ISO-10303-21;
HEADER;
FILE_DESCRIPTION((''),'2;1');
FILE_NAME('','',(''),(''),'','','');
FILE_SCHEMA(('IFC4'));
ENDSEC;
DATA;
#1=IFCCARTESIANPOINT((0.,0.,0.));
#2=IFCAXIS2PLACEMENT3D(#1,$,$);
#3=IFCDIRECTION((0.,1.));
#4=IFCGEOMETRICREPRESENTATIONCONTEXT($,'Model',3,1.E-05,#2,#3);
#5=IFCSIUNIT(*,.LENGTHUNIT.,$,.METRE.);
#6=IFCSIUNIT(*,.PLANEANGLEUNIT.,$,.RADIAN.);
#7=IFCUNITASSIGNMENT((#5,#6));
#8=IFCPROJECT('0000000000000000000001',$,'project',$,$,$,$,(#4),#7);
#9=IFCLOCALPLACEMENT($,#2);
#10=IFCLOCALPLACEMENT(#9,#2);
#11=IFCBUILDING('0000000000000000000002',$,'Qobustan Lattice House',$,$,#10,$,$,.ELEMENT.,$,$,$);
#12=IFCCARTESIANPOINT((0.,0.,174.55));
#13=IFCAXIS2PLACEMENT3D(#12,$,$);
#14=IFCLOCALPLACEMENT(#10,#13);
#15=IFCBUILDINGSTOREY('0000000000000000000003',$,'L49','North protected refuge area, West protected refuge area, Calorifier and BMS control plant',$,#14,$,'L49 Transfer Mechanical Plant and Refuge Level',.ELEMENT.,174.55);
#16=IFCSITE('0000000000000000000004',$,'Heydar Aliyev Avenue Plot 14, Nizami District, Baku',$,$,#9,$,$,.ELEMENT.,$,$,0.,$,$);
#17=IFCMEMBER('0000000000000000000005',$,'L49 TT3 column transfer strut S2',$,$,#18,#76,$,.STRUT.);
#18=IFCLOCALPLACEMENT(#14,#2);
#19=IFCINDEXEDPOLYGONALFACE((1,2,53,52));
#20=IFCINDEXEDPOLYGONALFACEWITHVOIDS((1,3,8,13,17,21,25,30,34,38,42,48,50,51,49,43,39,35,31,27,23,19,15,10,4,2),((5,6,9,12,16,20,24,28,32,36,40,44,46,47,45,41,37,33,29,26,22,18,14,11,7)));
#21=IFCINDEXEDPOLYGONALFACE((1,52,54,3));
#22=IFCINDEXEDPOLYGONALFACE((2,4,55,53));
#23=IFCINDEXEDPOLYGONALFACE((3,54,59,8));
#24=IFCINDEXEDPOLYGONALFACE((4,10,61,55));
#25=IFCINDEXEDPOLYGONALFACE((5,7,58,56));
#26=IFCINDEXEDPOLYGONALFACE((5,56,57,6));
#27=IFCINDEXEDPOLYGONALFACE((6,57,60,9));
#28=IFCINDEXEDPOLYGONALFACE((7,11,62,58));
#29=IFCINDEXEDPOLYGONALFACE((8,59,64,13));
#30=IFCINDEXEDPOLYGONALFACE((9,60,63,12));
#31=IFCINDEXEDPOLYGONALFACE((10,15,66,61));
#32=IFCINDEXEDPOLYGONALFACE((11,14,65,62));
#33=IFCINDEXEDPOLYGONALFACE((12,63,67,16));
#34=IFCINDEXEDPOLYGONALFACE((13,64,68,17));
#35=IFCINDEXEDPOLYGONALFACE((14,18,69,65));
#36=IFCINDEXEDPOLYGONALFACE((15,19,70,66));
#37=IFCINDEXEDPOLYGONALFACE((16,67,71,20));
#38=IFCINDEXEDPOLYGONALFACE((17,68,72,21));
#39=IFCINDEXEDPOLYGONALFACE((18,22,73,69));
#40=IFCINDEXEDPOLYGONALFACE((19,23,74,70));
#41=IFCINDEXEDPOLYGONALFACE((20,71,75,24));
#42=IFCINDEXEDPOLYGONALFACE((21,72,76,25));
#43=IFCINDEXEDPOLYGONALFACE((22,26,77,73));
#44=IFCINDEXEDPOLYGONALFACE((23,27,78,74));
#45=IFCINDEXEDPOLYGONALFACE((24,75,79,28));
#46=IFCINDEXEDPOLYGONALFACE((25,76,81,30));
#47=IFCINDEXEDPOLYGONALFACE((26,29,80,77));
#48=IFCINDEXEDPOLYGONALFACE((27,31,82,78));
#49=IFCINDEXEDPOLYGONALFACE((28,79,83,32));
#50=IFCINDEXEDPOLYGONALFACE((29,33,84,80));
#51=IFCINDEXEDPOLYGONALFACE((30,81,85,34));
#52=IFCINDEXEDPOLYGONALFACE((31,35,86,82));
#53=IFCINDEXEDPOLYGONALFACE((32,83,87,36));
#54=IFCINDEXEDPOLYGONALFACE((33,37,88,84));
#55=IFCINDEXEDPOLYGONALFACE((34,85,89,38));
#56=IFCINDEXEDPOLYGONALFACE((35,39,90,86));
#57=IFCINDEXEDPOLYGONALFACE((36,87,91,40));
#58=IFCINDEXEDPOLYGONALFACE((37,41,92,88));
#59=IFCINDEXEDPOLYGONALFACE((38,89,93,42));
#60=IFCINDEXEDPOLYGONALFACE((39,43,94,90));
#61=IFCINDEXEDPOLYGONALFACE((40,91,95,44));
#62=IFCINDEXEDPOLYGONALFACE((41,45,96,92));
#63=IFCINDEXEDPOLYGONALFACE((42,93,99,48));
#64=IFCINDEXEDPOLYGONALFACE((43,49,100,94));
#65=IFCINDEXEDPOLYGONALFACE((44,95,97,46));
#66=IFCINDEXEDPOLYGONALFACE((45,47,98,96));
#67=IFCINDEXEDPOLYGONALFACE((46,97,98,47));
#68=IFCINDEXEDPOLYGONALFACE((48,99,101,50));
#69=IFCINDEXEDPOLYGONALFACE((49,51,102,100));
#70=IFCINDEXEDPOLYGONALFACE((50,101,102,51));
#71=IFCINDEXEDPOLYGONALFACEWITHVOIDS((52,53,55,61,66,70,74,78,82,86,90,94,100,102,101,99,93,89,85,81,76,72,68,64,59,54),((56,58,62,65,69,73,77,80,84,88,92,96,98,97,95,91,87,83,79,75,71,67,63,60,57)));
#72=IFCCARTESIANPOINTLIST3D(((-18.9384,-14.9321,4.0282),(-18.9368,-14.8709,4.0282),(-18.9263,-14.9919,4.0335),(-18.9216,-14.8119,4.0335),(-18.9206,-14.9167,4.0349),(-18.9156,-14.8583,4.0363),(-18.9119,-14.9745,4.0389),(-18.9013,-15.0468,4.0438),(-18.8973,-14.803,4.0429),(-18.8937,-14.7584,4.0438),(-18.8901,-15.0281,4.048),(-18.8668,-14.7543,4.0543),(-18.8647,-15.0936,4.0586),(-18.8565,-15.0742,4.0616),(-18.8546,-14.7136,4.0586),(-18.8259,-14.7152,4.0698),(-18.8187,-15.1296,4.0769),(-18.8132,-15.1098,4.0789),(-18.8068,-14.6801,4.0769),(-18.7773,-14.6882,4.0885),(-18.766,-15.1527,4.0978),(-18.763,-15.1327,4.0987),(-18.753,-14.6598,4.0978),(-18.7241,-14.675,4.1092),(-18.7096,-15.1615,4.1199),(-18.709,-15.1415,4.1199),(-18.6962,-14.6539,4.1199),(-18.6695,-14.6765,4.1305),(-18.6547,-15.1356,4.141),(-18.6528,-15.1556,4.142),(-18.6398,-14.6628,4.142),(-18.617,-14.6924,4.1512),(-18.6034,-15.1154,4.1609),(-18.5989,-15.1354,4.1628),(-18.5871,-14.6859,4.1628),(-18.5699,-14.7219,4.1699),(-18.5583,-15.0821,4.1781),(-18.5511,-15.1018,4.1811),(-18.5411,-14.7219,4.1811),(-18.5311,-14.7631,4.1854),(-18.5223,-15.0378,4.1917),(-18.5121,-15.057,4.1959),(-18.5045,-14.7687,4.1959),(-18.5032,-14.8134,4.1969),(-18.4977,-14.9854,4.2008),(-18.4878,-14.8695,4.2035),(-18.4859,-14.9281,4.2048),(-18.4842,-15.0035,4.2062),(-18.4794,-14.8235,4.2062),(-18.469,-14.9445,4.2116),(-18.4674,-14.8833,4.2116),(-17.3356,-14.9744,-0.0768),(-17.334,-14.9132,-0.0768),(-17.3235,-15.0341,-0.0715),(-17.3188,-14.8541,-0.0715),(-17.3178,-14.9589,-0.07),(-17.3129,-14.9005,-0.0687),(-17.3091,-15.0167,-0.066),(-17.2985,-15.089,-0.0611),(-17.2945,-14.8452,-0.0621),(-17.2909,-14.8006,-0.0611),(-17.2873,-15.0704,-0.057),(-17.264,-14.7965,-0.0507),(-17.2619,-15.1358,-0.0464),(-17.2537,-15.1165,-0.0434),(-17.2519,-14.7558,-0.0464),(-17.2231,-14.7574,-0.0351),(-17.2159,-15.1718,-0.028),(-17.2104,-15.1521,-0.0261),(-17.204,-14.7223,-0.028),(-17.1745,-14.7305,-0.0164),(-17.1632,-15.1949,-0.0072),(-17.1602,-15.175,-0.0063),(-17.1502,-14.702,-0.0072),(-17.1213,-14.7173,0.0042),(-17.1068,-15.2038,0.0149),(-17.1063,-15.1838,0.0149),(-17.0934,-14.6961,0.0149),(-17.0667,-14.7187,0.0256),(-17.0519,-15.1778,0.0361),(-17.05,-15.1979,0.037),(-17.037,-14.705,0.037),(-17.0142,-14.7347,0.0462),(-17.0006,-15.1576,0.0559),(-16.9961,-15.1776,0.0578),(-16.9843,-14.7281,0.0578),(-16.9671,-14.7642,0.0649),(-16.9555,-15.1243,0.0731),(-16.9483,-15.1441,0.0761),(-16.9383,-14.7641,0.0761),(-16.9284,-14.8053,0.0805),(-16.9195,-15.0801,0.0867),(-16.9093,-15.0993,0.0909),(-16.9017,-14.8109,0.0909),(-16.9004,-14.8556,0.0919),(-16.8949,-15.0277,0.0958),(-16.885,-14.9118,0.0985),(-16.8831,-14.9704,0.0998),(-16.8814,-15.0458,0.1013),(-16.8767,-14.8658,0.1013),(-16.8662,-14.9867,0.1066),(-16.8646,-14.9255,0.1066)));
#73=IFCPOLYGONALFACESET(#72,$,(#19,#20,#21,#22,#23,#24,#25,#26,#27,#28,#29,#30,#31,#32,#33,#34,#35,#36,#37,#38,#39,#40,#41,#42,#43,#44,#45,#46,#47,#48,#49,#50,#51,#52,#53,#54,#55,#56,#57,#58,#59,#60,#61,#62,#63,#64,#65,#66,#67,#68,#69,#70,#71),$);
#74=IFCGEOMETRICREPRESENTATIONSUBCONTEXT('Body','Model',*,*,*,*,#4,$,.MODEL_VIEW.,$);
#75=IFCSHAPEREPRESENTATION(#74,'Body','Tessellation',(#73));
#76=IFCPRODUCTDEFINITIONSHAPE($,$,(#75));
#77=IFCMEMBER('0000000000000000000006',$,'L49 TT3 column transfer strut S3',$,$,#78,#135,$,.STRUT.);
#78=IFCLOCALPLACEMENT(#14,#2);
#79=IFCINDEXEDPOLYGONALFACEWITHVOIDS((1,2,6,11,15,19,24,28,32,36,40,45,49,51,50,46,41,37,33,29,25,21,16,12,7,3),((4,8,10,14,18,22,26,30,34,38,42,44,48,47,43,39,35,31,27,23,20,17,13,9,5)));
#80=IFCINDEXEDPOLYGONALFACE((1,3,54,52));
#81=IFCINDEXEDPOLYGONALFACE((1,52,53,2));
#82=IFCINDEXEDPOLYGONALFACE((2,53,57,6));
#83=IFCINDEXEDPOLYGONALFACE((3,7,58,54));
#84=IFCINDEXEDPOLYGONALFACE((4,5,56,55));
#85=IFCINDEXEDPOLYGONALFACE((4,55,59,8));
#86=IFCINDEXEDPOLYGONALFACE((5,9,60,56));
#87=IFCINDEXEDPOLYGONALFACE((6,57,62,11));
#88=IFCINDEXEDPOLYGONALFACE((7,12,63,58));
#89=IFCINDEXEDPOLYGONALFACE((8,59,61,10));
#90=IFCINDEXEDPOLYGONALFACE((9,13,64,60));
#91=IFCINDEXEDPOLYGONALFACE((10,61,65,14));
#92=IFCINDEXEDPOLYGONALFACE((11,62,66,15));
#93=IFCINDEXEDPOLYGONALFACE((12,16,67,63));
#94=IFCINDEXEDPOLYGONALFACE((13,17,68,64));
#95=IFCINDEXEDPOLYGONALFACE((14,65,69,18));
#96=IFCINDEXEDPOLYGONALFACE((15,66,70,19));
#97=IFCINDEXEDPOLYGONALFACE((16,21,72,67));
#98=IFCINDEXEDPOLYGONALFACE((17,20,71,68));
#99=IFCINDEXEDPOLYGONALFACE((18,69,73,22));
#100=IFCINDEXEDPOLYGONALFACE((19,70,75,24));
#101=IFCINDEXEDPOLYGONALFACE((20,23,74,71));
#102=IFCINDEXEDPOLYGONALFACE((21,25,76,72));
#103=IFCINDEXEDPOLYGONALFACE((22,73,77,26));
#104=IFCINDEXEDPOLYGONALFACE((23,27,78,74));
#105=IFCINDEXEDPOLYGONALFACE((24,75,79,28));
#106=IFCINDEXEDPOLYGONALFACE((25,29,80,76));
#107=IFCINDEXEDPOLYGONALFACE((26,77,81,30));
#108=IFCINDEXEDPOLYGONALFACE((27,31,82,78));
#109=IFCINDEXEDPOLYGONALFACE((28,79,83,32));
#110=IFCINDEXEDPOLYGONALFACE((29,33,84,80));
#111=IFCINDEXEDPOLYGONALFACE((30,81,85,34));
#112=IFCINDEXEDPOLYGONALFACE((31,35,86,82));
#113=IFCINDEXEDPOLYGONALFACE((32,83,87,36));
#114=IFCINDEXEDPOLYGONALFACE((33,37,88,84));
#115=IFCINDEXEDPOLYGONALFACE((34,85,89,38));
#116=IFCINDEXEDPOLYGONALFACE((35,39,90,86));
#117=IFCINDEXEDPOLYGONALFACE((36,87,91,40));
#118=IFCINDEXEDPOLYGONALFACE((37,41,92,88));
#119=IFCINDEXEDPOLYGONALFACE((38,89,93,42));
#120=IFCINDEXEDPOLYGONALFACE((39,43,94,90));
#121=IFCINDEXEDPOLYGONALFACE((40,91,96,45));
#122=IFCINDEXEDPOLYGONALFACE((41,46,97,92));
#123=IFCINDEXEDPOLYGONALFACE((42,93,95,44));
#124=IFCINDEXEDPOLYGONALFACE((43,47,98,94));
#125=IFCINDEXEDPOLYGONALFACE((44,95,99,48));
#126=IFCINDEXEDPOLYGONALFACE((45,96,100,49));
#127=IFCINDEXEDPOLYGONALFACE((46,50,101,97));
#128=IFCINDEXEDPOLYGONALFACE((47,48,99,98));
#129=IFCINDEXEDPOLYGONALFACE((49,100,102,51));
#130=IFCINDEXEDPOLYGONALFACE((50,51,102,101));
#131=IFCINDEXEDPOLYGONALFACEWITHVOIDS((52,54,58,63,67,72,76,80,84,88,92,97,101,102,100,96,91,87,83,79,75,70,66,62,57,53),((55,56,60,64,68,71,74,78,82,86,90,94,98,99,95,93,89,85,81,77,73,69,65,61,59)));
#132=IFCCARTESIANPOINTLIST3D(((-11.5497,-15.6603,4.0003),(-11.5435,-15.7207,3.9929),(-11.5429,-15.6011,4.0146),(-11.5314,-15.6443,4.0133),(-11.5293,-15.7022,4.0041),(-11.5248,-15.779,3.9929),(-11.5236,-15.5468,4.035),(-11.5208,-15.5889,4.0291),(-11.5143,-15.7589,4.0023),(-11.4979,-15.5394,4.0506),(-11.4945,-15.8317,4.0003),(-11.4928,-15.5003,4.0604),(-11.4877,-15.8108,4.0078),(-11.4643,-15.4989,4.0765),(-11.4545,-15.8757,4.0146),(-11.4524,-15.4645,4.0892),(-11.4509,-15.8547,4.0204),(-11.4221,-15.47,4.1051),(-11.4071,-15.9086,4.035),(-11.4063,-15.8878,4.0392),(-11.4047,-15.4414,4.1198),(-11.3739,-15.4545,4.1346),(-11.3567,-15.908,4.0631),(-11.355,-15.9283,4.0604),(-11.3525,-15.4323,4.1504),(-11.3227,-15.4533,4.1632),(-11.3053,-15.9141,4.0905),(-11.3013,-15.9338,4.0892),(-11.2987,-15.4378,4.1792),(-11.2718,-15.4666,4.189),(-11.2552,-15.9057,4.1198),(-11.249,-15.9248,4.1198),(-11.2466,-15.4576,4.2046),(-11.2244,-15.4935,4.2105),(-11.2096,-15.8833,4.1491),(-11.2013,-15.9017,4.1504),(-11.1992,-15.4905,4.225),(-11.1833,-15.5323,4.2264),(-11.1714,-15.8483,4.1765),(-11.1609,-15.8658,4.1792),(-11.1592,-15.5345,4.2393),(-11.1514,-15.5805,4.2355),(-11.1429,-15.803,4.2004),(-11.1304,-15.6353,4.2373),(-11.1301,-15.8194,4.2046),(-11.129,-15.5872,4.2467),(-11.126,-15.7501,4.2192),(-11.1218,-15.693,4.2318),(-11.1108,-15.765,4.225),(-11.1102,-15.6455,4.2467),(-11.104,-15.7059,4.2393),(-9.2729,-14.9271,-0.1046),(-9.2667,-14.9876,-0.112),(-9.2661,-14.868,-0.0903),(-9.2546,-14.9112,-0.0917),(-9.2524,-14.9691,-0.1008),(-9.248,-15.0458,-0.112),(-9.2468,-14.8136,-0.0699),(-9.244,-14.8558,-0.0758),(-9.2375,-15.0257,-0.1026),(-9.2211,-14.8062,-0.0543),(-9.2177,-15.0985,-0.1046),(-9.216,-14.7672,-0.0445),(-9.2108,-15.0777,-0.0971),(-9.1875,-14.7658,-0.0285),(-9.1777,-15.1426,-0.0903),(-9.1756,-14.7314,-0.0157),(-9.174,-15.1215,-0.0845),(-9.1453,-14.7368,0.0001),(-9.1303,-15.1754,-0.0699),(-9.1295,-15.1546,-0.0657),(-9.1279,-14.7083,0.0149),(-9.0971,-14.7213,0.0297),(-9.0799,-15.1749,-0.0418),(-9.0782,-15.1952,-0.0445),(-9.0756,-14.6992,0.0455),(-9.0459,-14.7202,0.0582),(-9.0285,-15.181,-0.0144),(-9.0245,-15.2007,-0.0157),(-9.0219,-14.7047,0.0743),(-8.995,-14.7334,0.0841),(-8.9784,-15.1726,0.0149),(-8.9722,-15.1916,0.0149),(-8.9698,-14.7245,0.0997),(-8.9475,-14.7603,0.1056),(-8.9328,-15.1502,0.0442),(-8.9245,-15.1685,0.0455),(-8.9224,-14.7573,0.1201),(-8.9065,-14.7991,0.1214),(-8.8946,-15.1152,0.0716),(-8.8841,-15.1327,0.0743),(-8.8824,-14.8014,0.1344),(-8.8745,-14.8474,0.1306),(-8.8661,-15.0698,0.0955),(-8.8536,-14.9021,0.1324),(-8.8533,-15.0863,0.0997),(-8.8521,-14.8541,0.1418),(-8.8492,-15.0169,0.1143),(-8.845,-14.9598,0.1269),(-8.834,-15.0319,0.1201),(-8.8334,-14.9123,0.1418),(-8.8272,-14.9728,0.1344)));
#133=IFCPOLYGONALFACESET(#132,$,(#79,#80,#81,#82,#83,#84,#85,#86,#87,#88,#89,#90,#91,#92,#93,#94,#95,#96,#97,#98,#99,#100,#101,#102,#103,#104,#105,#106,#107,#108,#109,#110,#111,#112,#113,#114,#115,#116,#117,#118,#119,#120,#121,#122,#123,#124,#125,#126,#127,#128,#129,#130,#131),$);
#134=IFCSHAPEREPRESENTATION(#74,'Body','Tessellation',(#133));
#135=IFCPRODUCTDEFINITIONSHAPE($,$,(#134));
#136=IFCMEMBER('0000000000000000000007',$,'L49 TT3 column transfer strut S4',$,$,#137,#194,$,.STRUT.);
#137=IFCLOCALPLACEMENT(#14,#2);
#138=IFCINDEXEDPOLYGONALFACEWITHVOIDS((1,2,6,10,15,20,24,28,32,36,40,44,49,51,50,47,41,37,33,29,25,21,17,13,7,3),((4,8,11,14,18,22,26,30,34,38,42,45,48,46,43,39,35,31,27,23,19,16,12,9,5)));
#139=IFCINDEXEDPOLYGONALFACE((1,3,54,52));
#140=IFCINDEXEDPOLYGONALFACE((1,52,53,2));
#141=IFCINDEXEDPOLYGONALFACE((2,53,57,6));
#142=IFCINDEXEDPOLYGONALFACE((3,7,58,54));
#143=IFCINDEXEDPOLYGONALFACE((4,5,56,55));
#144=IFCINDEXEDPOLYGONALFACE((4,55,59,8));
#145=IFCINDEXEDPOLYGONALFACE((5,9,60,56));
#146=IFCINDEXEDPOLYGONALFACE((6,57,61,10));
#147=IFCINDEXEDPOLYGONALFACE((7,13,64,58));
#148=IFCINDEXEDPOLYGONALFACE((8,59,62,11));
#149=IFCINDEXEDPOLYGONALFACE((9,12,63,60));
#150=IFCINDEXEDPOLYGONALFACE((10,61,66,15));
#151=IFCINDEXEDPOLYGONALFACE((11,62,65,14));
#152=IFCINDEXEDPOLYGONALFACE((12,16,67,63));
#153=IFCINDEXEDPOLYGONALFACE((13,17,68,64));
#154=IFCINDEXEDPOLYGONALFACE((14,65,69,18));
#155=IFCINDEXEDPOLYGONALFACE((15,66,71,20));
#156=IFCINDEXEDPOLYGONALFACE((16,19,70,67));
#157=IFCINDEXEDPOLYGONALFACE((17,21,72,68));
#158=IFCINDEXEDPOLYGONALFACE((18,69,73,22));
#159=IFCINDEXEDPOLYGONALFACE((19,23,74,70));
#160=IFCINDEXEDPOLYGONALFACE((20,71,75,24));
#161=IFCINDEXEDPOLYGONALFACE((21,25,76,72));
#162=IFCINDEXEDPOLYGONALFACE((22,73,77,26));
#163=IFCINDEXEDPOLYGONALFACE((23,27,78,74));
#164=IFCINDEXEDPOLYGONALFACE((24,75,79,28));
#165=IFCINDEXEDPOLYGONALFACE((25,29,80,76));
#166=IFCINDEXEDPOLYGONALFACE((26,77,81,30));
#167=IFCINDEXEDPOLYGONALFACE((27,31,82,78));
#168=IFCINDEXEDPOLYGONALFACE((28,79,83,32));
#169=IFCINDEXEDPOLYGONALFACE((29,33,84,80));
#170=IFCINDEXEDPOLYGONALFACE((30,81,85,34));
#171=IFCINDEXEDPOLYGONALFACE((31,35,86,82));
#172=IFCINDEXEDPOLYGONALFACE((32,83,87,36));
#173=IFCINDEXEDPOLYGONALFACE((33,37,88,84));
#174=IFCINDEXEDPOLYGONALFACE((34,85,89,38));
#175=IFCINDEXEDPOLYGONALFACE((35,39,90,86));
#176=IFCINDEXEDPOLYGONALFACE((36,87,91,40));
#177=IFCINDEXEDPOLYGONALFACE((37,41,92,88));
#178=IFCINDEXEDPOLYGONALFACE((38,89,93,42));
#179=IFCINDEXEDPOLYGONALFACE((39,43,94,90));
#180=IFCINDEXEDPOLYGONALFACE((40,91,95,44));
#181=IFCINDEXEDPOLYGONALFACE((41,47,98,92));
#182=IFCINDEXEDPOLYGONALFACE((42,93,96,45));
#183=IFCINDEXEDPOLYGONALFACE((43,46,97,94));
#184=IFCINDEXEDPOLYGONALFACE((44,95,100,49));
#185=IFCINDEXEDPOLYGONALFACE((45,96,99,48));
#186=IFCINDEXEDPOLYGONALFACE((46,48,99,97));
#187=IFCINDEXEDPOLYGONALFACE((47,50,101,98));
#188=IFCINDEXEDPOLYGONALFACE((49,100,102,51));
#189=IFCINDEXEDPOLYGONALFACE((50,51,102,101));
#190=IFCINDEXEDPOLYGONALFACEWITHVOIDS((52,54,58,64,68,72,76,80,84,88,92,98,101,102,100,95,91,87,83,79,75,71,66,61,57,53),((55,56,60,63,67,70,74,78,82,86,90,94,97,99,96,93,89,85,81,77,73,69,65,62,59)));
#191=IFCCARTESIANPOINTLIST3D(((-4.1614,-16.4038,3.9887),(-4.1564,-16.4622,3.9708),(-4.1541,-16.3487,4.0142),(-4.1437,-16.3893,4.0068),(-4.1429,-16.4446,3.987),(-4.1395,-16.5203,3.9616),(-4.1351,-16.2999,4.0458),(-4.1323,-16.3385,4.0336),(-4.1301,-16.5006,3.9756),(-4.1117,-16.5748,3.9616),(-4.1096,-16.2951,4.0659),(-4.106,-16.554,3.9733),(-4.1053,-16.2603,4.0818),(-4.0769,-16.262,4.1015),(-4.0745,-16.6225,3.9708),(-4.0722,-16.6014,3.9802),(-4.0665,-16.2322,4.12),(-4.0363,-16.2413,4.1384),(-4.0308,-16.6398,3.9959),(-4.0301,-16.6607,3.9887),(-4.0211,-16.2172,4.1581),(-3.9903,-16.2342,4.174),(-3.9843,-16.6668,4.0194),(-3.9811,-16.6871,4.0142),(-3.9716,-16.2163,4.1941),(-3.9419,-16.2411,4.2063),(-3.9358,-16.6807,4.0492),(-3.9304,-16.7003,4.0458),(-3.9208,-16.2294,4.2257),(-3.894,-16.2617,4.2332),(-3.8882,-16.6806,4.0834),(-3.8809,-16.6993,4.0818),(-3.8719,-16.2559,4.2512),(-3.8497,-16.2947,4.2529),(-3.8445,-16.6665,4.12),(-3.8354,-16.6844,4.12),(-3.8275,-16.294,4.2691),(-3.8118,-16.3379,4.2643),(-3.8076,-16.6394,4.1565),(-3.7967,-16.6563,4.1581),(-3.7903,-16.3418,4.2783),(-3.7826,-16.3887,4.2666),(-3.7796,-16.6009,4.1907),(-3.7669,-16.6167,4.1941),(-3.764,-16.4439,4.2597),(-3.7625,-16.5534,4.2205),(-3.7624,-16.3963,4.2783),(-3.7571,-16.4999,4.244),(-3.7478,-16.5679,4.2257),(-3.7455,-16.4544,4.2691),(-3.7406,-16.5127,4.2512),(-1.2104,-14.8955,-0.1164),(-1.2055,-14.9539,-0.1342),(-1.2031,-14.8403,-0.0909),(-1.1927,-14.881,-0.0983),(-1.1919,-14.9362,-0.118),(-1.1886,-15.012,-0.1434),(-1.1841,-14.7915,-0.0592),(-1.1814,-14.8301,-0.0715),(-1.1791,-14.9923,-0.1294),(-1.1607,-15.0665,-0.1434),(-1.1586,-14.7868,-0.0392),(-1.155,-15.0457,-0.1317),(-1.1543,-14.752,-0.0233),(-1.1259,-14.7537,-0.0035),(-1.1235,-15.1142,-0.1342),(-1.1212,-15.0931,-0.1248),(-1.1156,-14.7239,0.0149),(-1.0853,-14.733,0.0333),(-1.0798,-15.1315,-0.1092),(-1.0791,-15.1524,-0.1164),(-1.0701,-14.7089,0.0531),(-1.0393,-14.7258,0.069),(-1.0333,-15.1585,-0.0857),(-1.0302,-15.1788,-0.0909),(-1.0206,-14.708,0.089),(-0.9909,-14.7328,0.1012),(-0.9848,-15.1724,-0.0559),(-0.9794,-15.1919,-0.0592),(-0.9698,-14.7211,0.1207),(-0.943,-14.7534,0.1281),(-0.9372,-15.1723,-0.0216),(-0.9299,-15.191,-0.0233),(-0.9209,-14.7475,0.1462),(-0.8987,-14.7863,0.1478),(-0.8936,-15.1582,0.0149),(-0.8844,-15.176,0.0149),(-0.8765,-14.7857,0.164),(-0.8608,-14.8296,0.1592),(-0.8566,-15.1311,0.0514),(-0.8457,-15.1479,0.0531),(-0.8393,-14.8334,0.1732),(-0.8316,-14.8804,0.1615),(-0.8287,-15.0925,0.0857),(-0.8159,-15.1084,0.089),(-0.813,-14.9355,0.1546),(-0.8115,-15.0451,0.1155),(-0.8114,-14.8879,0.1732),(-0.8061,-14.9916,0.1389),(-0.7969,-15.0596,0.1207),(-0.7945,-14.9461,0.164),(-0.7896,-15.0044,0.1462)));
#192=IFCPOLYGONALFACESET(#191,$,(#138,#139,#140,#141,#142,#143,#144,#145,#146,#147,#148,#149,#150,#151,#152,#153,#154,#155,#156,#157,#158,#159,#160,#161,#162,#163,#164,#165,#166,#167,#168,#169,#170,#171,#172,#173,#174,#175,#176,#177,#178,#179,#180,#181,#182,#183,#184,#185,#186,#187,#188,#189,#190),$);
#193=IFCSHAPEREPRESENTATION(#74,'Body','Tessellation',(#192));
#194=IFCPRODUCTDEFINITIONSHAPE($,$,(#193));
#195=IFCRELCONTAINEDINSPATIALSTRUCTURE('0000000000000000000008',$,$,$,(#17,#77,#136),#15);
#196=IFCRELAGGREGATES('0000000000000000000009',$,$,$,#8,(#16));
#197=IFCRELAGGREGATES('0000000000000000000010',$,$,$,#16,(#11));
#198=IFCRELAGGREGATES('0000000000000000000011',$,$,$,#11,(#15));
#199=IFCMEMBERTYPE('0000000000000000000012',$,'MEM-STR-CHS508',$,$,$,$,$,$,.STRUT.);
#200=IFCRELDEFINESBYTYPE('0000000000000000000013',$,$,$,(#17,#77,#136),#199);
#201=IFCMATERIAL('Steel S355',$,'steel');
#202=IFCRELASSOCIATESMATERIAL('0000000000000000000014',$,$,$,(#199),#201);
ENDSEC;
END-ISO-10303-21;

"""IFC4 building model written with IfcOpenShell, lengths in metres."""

from ifc_helpers import new_model, si_unit, direction, frame, origin, origin_2d, place, context, subcontext, project, spatial, hollow_circle, extrude, material, material_profile, profile_set, type_object, element, save


model = new_model("IFC4")

# Units and contexts
model_context = context("Model", 3, precision=1e-05, world=origin(), true_north=direction((0.0, 1.0)))
body_context = subcontext(model_context, "Body", "Model", "MODEL_VIEW")
ifc_project = project(units=[si_unit("LENGTHUNIT", "METRE"), si_unit("PLANEANGLEUNIT", "RADIAN")], contexts=[model_context])

# Site, building, storey
site_placement = place(None, origin())
site = spatial("IfcSite", under=ifc_project, at=site_placement, Name="Heydar Aliyev Avenue Plot 14, Nizami District, Baku", CompositionType="ELEMENT", RefElevation=0.0)
building_placement = place(site_placement, origin())
building = spatial("IfcBuilding", under=site, at=building_placement, Name="Qobustan Lattice House", CompositionType="ELEMENT")
storey_placement = place(building_placement, frame((0.0, 0.0, 174.55)))
storey = spatial("IfcBuildingStorey", under=building, at=storey_placement, Name="L49", Description="North protected refuge area, West protected refuge area, Calorifier and BMS control plant", LongName="L49 Transfer Mechanical Plant and Refuge Level", CompositionType="ELEMENT", Elevation=174.55)

# Members
ifc_material_1 = material(Name="Steel S355", Category="steel")
ifc_material_profile_1 = material_profile(ifc_material_1, hollow_circle(Radius=0.2539, WallThickness=0.02, at=origin_2d()), Name="CHS508x20")
ifc_profile_set_1 = profile_set([ifc_material_profile_1], Name="Steel S355")
member_type_1 = type_object("IfcMemberType", Name="MEM-STR-CHS508", PredefinedType="STRUT", material=ifc_profile_set_1)
member_1_placement = place(storey_placement, frame((-17.1001, -14.95, 0.0149), z_axis=(-0.363691, 0.009584, 0.93147), x_axis=(-0.026343, -0.999653, 0.0)))
element("IfcMember", 1, at=member_1_placement, inside=storey, type_object=member_type_1, Name="L49 TT3 column transfer strut S2", PredefinedType="STRUT", context=body_context, shape_type="SweptSolid", body=[
    extrude(hollow_circle(Radius=0.2539, WallThickness=0.02, at=origin_2d()), origin(), (0.0, 0.0, 1.0), 4.407),
])
member_2_placement = place(storey_placement, frame((-9.05, -14.95, 0.0149), z_axis=(-0.479232, -0.154314, 0.864016), x_axis=(0.306505, -0.951869, 0.0)))
element("IfcMember", 2, at=member_2_placement, inside=storey, type_object=member_type_1, Name="L49 TT3 column transfer strut S3", PredefinedType="STRUT", context=body_context, shape_type="SweptSolid", body=[
    extrude(hollow_circle(Radius=0.2539, WallThickness=0.02, at=origin_2d()), origin(), (0.0, 0.0, 1.0), 4.751),
])
member_3_placement = place(storey_placement, frame((-1.0, -14.95, 0.0149), z_axis=(-0.559335, -0.285892, 0.778081), x_axis=(0.455123, -0.890429, 0.0)))
element("IfcMember", 3, at=member_3_placement, inside=storey, type_object=member_type_1, Name="L49 TT3 column transfer strut S4", PredefinedType="STRUT", context=body_context, shape_type="SweptSolid", body=[
    extrude(hollow_circle(Radius=0.2539, WallThickness=0.02, at=origin_2d()), origin(), (0.0, 0.0, 1.0), 5.2759),
])

save(model, "model.ifc")
